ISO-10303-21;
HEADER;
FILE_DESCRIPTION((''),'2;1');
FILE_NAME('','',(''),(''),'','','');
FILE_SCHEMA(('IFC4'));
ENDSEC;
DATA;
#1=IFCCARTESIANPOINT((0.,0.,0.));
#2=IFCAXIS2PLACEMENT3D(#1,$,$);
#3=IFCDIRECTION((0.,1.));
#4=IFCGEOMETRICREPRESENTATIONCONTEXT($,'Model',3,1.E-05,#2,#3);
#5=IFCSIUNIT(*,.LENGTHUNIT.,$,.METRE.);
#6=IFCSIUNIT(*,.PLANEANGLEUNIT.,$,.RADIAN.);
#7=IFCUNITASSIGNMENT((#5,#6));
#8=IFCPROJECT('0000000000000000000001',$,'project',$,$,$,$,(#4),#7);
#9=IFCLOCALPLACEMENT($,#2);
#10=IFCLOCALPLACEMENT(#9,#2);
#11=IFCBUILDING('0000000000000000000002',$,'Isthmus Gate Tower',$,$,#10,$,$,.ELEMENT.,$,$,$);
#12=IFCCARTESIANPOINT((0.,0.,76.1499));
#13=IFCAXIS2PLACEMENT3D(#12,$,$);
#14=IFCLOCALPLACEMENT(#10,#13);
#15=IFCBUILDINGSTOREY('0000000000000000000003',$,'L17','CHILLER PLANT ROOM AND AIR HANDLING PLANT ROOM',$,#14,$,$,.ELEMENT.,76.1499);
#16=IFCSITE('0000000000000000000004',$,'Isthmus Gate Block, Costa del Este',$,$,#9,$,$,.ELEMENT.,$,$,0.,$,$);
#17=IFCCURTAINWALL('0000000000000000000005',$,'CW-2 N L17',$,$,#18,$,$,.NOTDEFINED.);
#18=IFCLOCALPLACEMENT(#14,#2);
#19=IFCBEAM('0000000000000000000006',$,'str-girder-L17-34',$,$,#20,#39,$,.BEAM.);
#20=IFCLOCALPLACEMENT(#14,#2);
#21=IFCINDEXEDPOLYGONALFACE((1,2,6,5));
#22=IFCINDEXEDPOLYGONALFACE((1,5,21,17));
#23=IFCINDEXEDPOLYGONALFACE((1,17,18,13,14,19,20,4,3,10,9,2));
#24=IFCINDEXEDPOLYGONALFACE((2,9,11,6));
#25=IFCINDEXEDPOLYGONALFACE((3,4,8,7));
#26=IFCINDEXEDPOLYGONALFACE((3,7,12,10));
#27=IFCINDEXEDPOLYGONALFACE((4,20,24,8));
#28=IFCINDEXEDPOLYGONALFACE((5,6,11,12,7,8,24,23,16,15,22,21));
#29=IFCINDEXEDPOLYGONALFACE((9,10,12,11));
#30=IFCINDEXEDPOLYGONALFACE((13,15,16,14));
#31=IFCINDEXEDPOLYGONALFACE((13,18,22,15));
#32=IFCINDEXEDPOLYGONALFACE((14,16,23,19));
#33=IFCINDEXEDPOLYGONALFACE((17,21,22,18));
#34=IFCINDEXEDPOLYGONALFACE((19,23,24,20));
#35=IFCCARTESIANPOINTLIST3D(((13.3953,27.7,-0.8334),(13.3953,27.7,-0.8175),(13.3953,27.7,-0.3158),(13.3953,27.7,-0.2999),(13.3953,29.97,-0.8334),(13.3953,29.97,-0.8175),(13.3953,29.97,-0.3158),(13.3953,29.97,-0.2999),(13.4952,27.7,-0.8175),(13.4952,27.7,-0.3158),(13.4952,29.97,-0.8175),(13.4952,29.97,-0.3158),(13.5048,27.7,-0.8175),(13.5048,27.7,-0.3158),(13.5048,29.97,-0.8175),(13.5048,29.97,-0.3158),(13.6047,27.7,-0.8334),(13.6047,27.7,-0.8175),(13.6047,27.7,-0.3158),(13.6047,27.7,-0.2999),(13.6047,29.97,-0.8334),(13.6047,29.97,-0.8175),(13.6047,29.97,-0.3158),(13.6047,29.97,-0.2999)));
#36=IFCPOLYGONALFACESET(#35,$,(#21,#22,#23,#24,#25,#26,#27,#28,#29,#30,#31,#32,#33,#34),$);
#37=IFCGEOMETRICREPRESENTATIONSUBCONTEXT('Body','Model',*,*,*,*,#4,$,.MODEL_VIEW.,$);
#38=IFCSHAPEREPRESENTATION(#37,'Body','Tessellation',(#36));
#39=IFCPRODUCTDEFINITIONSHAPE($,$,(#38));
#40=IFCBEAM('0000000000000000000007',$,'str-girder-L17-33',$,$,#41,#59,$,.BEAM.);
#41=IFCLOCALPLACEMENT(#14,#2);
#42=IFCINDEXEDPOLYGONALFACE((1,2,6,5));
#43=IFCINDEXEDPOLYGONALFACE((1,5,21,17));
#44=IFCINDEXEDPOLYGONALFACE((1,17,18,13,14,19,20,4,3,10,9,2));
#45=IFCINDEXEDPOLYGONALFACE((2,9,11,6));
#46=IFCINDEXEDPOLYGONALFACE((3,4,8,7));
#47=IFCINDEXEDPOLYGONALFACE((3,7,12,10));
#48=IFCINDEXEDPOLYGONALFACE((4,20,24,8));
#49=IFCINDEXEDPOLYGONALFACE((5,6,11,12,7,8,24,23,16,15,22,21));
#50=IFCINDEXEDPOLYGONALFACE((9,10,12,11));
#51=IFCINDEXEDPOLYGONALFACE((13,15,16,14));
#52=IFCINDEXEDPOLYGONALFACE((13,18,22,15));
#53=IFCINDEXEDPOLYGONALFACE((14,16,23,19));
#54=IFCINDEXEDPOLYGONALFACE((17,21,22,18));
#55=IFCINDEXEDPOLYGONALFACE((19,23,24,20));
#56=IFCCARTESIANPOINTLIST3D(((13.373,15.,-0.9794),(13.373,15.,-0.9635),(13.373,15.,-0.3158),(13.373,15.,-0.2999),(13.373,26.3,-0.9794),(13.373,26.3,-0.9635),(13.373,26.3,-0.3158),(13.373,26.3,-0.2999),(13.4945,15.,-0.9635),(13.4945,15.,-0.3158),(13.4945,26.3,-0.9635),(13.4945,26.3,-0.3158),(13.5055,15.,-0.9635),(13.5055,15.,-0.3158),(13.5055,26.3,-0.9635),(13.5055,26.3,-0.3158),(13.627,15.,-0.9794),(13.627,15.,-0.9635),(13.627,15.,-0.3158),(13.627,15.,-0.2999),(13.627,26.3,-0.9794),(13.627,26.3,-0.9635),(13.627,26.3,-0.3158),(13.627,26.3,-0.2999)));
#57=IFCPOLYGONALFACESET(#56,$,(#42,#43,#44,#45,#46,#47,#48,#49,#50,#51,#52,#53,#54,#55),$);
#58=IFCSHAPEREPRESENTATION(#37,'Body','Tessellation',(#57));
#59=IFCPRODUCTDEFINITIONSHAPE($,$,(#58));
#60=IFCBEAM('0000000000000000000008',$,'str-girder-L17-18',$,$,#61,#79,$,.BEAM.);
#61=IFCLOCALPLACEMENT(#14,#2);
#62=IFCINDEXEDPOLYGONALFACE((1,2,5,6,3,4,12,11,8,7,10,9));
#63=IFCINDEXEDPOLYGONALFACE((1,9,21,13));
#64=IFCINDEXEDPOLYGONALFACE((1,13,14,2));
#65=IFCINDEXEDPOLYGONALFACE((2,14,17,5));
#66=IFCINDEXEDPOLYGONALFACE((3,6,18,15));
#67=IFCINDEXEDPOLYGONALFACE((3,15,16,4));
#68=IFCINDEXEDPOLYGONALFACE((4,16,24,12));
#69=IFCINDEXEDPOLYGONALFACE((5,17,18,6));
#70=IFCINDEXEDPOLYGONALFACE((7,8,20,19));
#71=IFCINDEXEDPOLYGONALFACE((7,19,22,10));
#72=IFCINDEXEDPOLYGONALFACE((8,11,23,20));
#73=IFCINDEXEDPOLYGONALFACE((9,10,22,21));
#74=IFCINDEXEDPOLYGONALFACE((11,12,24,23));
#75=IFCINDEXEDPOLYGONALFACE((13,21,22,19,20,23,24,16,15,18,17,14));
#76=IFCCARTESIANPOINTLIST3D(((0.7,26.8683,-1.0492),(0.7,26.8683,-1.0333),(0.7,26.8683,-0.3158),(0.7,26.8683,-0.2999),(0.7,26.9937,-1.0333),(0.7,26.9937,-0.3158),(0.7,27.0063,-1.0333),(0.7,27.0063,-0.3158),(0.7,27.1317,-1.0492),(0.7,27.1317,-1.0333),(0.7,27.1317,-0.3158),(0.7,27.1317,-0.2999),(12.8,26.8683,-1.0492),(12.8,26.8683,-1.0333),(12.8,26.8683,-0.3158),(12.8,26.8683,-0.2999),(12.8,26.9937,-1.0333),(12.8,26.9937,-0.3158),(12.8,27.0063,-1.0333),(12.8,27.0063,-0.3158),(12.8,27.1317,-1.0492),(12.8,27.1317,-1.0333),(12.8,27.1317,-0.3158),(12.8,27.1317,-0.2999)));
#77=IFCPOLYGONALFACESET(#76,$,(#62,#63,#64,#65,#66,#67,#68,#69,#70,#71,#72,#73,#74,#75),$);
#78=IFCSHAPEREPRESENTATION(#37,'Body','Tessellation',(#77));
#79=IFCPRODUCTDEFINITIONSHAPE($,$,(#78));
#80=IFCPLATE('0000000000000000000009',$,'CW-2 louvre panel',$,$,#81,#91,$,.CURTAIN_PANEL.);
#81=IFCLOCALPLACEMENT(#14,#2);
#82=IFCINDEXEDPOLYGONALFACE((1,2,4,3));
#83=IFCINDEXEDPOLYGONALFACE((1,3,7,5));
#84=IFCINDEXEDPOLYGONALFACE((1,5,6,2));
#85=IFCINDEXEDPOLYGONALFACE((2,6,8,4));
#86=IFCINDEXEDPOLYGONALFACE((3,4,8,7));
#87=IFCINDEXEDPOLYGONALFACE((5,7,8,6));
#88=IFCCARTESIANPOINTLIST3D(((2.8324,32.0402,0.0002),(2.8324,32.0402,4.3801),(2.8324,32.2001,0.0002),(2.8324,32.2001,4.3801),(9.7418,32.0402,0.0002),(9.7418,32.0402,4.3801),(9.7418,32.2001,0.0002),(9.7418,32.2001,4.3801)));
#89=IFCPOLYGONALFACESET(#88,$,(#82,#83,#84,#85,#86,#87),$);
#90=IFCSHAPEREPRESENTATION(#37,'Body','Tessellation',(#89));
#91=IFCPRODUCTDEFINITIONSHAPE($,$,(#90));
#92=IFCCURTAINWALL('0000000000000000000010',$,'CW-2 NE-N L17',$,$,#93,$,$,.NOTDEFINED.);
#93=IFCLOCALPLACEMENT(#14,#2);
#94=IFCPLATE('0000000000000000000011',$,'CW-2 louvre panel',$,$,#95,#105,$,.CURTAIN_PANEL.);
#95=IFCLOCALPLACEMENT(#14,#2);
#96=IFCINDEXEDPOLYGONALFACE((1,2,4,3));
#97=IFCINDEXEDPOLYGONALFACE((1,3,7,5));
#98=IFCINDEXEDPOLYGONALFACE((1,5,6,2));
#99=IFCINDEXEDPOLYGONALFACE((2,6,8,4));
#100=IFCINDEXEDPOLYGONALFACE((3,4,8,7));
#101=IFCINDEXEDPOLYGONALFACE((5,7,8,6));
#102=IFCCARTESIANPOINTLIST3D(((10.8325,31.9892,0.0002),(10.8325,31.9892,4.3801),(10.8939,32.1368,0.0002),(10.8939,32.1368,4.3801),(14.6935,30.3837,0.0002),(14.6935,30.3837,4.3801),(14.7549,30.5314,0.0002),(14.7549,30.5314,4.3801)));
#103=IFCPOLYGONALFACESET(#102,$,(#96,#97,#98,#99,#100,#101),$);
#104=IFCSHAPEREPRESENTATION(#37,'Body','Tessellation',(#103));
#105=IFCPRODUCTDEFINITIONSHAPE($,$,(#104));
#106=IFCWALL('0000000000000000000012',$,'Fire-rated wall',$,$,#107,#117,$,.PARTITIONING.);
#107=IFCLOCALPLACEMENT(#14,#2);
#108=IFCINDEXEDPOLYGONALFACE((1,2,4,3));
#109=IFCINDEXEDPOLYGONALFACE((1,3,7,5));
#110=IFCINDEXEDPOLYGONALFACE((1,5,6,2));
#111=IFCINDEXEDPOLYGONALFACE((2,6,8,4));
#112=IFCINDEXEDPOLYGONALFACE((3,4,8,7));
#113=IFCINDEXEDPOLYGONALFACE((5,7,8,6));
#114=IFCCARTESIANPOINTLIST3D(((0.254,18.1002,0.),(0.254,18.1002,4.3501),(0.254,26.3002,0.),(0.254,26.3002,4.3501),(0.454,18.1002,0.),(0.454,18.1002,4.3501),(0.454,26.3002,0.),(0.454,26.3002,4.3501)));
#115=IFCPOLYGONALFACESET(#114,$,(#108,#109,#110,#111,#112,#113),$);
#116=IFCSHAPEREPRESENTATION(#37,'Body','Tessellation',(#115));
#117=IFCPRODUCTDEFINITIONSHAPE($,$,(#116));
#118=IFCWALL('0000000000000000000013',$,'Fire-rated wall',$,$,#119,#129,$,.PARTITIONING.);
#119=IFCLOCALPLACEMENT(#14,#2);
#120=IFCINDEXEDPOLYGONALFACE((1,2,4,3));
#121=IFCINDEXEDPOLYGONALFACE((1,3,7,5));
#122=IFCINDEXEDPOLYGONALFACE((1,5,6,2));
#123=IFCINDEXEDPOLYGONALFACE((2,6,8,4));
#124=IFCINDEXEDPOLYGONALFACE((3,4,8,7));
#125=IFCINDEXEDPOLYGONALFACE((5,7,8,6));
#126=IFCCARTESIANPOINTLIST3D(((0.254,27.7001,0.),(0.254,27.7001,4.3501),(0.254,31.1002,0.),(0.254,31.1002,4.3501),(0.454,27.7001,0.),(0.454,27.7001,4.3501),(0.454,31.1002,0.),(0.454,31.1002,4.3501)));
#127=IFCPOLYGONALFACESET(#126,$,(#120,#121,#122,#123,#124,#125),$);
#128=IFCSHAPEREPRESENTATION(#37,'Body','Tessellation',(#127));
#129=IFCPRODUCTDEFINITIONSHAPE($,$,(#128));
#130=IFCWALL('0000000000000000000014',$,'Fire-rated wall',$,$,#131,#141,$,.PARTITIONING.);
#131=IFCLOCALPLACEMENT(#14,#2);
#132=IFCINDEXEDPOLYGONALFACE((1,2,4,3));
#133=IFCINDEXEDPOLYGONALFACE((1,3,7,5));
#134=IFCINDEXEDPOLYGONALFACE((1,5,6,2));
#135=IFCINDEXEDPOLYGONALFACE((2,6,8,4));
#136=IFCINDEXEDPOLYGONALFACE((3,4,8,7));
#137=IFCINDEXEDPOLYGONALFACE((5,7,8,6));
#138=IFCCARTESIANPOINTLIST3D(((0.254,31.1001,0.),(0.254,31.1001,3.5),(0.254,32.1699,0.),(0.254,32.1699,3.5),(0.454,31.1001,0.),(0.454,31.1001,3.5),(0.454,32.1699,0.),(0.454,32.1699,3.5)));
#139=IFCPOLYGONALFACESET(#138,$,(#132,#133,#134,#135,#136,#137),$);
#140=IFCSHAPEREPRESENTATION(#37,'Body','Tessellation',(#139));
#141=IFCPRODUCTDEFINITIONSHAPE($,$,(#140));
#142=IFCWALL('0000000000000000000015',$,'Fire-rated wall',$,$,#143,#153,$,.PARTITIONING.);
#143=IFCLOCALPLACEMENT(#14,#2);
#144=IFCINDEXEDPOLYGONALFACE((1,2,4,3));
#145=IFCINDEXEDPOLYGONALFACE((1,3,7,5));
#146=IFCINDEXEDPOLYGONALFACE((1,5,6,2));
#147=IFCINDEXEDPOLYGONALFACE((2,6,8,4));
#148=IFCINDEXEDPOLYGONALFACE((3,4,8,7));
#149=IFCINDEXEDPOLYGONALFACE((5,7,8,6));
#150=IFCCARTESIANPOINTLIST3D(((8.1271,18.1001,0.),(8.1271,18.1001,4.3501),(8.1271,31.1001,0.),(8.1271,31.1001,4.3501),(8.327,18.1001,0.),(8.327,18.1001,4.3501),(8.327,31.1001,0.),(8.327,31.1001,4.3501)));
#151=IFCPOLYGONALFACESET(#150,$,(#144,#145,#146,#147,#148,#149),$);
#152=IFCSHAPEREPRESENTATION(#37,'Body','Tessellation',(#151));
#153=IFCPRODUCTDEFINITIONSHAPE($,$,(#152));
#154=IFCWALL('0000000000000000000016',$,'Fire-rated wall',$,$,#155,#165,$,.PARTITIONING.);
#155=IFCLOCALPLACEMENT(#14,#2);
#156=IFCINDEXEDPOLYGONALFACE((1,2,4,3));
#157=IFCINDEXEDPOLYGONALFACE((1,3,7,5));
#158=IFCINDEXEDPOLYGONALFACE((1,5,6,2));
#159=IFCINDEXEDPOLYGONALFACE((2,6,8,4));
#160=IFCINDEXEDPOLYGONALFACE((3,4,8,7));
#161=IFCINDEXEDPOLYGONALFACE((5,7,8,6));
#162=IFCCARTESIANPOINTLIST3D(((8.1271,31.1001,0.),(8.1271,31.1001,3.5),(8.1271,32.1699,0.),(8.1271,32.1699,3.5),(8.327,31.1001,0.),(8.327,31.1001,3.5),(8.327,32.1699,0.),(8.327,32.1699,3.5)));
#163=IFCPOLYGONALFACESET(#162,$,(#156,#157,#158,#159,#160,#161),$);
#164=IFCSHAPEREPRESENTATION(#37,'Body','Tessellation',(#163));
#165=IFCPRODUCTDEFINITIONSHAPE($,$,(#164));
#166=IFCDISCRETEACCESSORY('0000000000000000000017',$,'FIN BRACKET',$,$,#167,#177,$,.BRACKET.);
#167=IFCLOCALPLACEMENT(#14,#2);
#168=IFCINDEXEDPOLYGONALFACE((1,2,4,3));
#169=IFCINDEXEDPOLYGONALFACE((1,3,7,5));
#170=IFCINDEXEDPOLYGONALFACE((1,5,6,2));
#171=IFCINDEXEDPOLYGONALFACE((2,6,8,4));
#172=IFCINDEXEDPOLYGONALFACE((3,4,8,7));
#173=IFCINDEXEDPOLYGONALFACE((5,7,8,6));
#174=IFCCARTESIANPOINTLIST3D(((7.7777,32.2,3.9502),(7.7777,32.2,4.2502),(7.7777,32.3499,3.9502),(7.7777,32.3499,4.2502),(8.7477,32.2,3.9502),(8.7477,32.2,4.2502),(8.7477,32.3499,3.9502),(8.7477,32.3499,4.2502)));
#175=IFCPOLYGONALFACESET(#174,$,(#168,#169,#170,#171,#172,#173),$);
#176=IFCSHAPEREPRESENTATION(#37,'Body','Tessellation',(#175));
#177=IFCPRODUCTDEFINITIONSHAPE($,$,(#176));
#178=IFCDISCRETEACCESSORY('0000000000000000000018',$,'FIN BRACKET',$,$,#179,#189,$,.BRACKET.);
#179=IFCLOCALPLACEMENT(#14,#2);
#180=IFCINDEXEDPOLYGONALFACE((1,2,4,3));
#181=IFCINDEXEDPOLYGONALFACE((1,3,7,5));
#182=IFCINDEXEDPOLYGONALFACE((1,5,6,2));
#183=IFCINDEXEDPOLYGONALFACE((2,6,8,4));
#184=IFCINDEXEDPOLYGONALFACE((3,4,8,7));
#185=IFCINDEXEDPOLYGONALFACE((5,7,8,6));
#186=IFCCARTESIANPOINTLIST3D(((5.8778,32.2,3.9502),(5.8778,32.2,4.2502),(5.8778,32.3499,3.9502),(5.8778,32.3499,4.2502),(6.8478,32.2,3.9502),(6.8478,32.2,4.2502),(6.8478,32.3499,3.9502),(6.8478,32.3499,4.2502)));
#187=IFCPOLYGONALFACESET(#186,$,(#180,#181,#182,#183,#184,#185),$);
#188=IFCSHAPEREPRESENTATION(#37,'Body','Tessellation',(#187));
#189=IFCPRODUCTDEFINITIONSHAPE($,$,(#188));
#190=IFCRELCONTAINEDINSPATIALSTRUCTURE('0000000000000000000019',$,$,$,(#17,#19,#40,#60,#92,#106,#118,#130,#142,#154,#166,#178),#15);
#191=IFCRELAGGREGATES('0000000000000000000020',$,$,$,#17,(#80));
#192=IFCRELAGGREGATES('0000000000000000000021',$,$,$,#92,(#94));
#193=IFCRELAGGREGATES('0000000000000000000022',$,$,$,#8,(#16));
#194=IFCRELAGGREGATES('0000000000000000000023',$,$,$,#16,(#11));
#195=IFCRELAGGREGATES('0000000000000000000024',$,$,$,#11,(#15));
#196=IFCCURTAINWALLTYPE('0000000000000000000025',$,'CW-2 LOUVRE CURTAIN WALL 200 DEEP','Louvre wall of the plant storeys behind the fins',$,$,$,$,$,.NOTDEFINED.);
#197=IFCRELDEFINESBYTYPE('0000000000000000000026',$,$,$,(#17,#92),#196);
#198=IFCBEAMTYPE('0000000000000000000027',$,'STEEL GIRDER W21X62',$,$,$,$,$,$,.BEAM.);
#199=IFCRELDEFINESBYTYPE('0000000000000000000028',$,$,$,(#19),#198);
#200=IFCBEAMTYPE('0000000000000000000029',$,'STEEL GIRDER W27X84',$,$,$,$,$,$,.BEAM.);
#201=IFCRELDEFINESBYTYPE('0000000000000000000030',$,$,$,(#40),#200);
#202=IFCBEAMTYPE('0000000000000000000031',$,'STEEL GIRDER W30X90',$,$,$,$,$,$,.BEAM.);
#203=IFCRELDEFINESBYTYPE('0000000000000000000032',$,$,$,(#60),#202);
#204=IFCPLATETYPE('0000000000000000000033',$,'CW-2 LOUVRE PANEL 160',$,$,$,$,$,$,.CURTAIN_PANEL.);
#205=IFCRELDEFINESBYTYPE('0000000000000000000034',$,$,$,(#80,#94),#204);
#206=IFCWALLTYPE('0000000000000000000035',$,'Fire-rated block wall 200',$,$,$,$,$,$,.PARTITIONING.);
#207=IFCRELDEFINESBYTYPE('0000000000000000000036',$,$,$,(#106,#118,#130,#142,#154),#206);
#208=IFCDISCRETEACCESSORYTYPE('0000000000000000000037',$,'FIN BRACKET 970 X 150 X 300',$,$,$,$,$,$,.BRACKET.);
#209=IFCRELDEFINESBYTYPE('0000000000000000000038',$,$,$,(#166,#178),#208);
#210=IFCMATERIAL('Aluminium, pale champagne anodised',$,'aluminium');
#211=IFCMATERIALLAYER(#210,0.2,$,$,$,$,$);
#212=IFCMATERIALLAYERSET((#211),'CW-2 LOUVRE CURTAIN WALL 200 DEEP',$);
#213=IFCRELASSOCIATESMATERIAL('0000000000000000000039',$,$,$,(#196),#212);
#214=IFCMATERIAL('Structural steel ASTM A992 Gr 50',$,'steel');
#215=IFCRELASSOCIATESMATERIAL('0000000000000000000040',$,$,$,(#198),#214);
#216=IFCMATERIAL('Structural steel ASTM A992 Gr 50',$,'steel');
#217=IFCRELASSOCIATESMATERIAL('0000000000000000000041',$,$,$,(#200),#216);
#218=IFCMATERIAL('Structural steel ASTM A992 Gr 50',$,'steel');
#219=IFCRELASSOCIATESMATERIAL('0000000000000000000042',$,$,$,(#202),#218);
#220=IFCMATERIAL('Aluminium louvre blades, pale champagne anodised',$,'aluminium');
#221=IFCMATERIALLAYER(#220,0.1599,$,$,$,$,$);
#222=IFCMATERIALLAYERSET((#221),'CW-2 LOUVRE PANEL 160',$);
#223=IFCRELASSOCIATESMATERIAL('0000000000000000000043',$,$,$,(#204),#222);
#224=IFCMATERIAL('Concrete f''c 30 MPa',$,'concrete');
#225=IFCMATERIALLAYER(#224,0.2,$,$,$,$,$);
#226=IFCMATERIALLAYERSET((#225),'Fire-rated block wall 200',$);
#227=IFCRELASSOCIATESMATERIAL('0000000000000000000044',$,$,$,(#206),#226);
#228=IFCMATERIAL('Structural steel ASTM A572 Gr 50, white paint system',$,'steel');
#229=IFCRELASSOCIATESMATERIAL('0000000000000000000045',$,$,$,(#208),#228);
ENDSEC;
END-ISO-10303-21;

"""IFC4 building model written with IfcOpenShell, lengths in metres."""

from ifc_helpers import new_model, si_unit, direction, frame, frame_2d, origin, origin_2d, place, context, subcontext, project, spatial, rectangle, i_section, extrude, material, layer, layer_set, material_profile, profile_set, type_object, element, aggregate, save


model = new_model("IFC4")

# Units and contexts
model_context = context("Model", 3, precision=1e-05, world=origin(), true_north=direction((0.0, 1.0)))
body_context = subcontext(model_context, "Body", "Model", "MODEL_VIEW")
ifc_project = project(units=[si_unit("LENGTHUNIT", "METRE"), si_unit("PLANEANGLEUNIT", "RADIAN")], contexts=[model_context])

# Site, building, storey
site_placement = place(None, origin())
site = spatial("IfcSite", under=ifc_project, at=site_placement, Name="Isthmus Gate Block, Costa del Este", CompositionType="ELEMENT", RefElevation=0.0)
building_placement = place(site_placement, origin())
building = spatial("IfcBuilding", under=site, at=building_placement, Name="Isthmus Gate Tower", CompositionType="ELEMENT")
storey_placement = place(building_placement, frame((0.0, 0.0, 76.1499)))
storey = spatial("IfcBuildingStorey", under=building, at=storey_placement, Name="L17", Description="CHILLER PLANT ROOM AND AIR HANDLING PLANT ROOM", CompositionType="ELEMENT", Elevation=76.1499)

# Curtain wall
ifc_material_1 = material(Name="Aluminium, pale champagne anodised", Category="aluminium")
ifc_layer_1 = layer(ifc_material_1, 0.2)
ifc_layer_set_1 = layer_set([ifc_layer_1], Name="CW-2 LOUVRE CURTAIN WALL 200 DEEP")
curtain_wall_type = type_object("IfcCurtainWallType", Name="CW-2 LOUVRE CURTAIN WALL 200 DEEP", Description="Louvre wall of the plant storeys behind the fins", PredefinedType="NOTDEFINED", material=ifc_layer_set_1)
curtain_wall_1_placement = place(storey_placement, origin())
curtain_wall_1 = element("IfcCurtainWall", 1, at=curtain_wall_1_placement, inside=storey, type_object=curtain_wall_type, Name="CW-2 N L17", PredefinedType="NOTDEFINED")

# Beams
ifc_material_2 = material(Name="Structural steel ASTM A992 Gr 50", Category="steel")
ifc_material_profile_1 = material_profile(ifc_material_2, i_section(OverallWidth=0.2095, OverallDepth=0.5334, WebThickness=0.0095, FlangeThickness=0.0159, at=origin_2d()), Name="W21X62")
ifc_profile_set_1 = profile_set([ifc_material_profile_1], Name="Structural steel ASTM A992 Gr 50")
beam_type_1 = type_object("IfcBeamType", Name="STEEL GIRDER W21X62", PredefinedType="BEAM", material=ifc_profile_set_1)
beam_1_placement = place(storey_placement, frame((13.5, 27.7, -0.5667), z_axis=(0.0, 1.0, 0.0), x_axis=(-1.0, 0.0, 0.0)))
element("IfcBeam", 2, at=beam_1_placement, inside=storey, type_object=beam_type_1, Name="str-girder-L17-34", PredefinedType="BEAM", context=body_context, shape_type="SweptSolid", body=[
    extrude(i_section(OverallWidth=0.2095, OverallDepth=0.5334, WebThickness=0.0095, FlangeThickness=0.0159, at=origin_2d()), origin(), (0.0, 0.0, 1.0), 2.27),
])
ifc_material_3 = material(Name="Structural steel ASTM A992 Gr 50", Category="steel")
ifc_material_profile_2 = material_profile(ifc_material_3, i_section(OverallWidth=0.2539, OverallDepth=0.6794, WebThickness=0.011, FlangeThickness=0.0159, at=origin_2d()), Name="W27X84")
ifc_profile_set_2 = profile_set([ifc_material_profile_2], Name="Structural steel ASTM A992 Gr 50")
beam_type_2 = type_object("IfcBeamType", Name="STEEL GIRDER W27X84", PredefinedType="BEAM", material=ifc_profile_set_2)
beam_2_placement = place(storey_placement, frame((13.5, 15.0, -0.6396), z_axis=(0.0, 1.0, 0.0), x_axis=(-1.0, 0.0, 0.0)))
element("IfcBeam", 3, at=beam_2_placement, inside=storey, type_object=beam_type_2, Name="str-girder-L17-33", PredefinedType="BEAM", context=body_context, shape_type="SweptSolid", body=[
    extrude(i_section(OverallWidth=0.2539, OverallDepth=0.6794, WebThickness=0.011, FlangeThickness=0.0159, at=origin_2d()), origin(), (0.0, 0.0, 1.0), 11.3),
])
ifc_material_4 = material(Name="Structural steel ASTM A992 Gr 50", Category="steel")
ifc_material_profile_3 = material_profile(ifc_material_4, i_section(OverallWidth=0.2634, OverallDepth=0.7493, WebThickness=0.0127, FlangeThickness=0.0159, at=origin_2d()), Name="W30X90")
ifc_profile_set_3 = profile_set([ifc_material_profile_3], Name="Structural steel ASTM A992 Gr 50")
beam_type_3 = type_object("IfcBeamType", Name="STEEL GIRDER W30X90", PredefinedType="BEAM", material=ifc_profile_set_3)
beam_3_placement = place(storey_placement, frame((0.7, 27.0, -0.6746), z_axis=(1.0, 0.0, 0.0), x_axis=(0.0, 1.0, 0.0)))
element("IfcBeam", 4, at=beam_3_placement, inside=storey, type_object=beam_type_3, Name="str-girder-L17-18", PredefinedType="BEAM", context=body_context, shape_type="SweptSolid", body=[
    extrude(i_section(OverallWidth=0.2634, OverallDepth=0.7493, WebThickness=0.0127, FlangeThickness=0.0159, at=origin_2d()), origin(), (0.0, 0.0, 1.0), 12.1001),
])

# Plate
ifc_material_5 = material(Name="Aluminium louvre blades, pale champagne anodised", Category="aluminium")
ifc_layer_2 = layer(ifc_material_5, 0.1599)
ifc_layer_set_2 = layer_set([ifc_layer_2], Name="CW-2 LOUVRE PANEL 160")
plate_type = type_object("IfcPlateType", Name="CW-2 LOUVRE PANEL 160", PredefinedType="CURTAIN_PANEL", material=ifc_layer_set_2)
plate_1_placement = place(storey_placement, frame((6.2871, 32.1201, 0.0002), z_axis=(0.0, 0.0, 1.0), x_axis=(-1.0, 0.0, 0.0)))
plate_1 = element("IfcPlate", 5, at=plate_1_placement, type_object=plate_type, Name="CW-2 louvre panel", PredefinedType="CURTAIN_PANEL", context=body_context, shape_type="SweptSolid", body=[
    extrude(rectangle(XDim=6.9094, YDim=0.1599, at=origin_2d()), origin(), (0.0, 0.0, 1.0), 4.3799),
])
aggregate(curtain_wall_1, [plate_1])

# Curtain wall, plate
curtain_wall_2_placement = place(storey_placement, origin())
curtain_wall_2 = element("IfcCurtainWall", 6, at=curtain_wall_2_placement, inside=storey, type_object=curtain_wall_type, Name="CW-2 NE-N L17", PredefinedType="NOTDEFINED")
plate_2_placement = place(storey_placement, frame((12.7937, 31.2603, 0.0002), z_axis=(0.0, 0.0, 1.0), x_axis=(-0.923353, 0.383952, 0.0)))
plate_2 = element("IfcPlate", 7, at=plate_2_placement, type_object=plate_type, Name="CW-2 louvre panel", PredefinedType="CURTAIN_PANEL", context=body_context, shape_type="SweptSolid", body=[
    extrude(rectangle(XDim=4.1814, YDim=0.1599, at=origin_2d()), origin(), (0.0, 0.0, 1.0), 4.3799),
])
aggregate(curtain_wall_2, [plate_2])

# Walls
ifc_material_6 = material(Name="Concrete f'c 30 MPa", Category="concrete")
ifc_layer_3 = layer(ifc_material_6, 0.2)
ifc_layer_set_3 = layer_set([ifc_layer_3], Name="Fire-rated block wall 200")
wall_type = type_object("IfcWallType", Name="Fire-rated block wall 200", PredefinedType="PARTITIONING", material=ifc_layer_set_3)
wall_1_placement = place(storey_placement, frame((0.354, 18.1001, 0.0), z_axis=(0.0, 0.0, 1.0), x_axis=(0.0, 1.0, 0.0)))
element("IfcWall", 8, at=wall_1_placement, inside=storey, type_object=wall_type, Name="Fire-rated wall", PredefinedType="PARTITIONING", context=body_context, shape_type="SweptSolid", body=[
    extrude(rectangle(XDim=8.2, YDim=0.2, at=frame_2d((4.1001, 0.0))), origin(), (0.0, 0.0, 1.0), 4.3501),
])
wall_2_placement = place(storey_placement, frame((0.354, 27.7, 0.0), z_axis=(0.0, 0.0, 1.0), x_axis=(0.0, 1.0, 0.0)))
element("IfcWall", 9, at=wall_2_placement, inside=storey, type_object=wall_type, Name="Fire-rated wall", PredefinedType="PARTITIONING", context=body_context, shape_type="SweptSolid", body=[
    extrude(rectangle(XDim=3.4001, YDim=0.2, at=frame_2d((1.7002, 0.0))), origin(), (0.0, 0.0, 1.0), 4.3501),
])
wall_3_placement = place(storey_placement, frame((0.354, 31.1001, 0.0), z_axis=(0.0, 0.0, 1.0), x_axis=(0.0, 1.0, 0.0)))
element("IfcWall", 10, at=wall_3_placement, inside=storey, type_object=wall_type, Name="Fire-rated wall", PredefinedType="PARTITIONING", context=body_context, shape_type="SweptSolid", body=[
    extrude(rectangle(XDim=1.0698, YDim=0.2, at=frame_2d((0.5349, 0.0))), origin(), (0.0, 0.0, 1.0), 3.5),
])
wall_4_placement = place(storey_placement, frame((8.2271, 18.1001, 0.0), z_axis=(0.0, 0.0, 1.0), x_axis=(0.0, 1.0, 0.0)))
element("IfcWall", 11, at=wall_4_placement, inside=storey, type_object=wall_type, Name="Fire-rated wall", PredefinedType="PARTITIONING", context=body_context, shape_type="SweptSolid", body=[
    extrude(rectangle(XDim=13.0, YDim=0.2, at=frame_2d((6.5, 0.0))), origin(), (0.0, 0.0, 1.0), 4.3501),
])
wall_5_placement = place(storey_placement, frame((8.2271, 31.1001, 0.0), z_axis=(0.0, 0.0, 1.0), x_axis=(0.0, 1.0, 0.0)))
element("IfcWall", 12, at=wall_5_placement, inside=storey, type_object=wall_type, Name="Fire-rated wall", PredefinedType="PARTITIONING", context=body_context, shape_type="SweptSolid", body=[
    extrude(rectangle(XDim=1.0698, YDim=0.2, at=frame_2d((0.5349, 0.0))), origin(), (0.0, 0.0, 1.0), 3.5),
])

# Discrete accessories
ifc_material_7 = material(Name="Structural steel ASTM A572 Gr 50, white paint system", Category="steel")
discrete_accessory_type = type_object("IfcDiscreteAccessoryType", Name="FIN BRACKET 970 X 150 X 300", PredefinedType="BRACKET", material=ifc_material_7)
for number, where, z_axis, x_axis, name in (
    (13, (8.2627, 32.2749, 3.9502), (0.0, 0.0, 1.0), (0.0, 1.0, 0.0), "FIN BRACKET"),
    (14, (6.3628, 32.2749, 3.9502), (0.0, 0.0, 1.0), (0.0, 1.0, 0.0), "FIN BRACKET"),
):
    element("IfcDiscreteAccessory", number, at=place(storey_placement, frame(where, z_axis=z_axis, x_axis=x_axis)), inside=storey, type_object=discrete_accessory_type, Name=name, PredefinedType="BRACKET", context=body_context, shape_type="SweptSolid", body=[
        extrude(rectangle(XDim=0.1499, YDim=0.97, at=origin_2d()), origin(), (0.0, 0.0, 1.0), 0.3),
    ])

save(model, "model.ifc")
